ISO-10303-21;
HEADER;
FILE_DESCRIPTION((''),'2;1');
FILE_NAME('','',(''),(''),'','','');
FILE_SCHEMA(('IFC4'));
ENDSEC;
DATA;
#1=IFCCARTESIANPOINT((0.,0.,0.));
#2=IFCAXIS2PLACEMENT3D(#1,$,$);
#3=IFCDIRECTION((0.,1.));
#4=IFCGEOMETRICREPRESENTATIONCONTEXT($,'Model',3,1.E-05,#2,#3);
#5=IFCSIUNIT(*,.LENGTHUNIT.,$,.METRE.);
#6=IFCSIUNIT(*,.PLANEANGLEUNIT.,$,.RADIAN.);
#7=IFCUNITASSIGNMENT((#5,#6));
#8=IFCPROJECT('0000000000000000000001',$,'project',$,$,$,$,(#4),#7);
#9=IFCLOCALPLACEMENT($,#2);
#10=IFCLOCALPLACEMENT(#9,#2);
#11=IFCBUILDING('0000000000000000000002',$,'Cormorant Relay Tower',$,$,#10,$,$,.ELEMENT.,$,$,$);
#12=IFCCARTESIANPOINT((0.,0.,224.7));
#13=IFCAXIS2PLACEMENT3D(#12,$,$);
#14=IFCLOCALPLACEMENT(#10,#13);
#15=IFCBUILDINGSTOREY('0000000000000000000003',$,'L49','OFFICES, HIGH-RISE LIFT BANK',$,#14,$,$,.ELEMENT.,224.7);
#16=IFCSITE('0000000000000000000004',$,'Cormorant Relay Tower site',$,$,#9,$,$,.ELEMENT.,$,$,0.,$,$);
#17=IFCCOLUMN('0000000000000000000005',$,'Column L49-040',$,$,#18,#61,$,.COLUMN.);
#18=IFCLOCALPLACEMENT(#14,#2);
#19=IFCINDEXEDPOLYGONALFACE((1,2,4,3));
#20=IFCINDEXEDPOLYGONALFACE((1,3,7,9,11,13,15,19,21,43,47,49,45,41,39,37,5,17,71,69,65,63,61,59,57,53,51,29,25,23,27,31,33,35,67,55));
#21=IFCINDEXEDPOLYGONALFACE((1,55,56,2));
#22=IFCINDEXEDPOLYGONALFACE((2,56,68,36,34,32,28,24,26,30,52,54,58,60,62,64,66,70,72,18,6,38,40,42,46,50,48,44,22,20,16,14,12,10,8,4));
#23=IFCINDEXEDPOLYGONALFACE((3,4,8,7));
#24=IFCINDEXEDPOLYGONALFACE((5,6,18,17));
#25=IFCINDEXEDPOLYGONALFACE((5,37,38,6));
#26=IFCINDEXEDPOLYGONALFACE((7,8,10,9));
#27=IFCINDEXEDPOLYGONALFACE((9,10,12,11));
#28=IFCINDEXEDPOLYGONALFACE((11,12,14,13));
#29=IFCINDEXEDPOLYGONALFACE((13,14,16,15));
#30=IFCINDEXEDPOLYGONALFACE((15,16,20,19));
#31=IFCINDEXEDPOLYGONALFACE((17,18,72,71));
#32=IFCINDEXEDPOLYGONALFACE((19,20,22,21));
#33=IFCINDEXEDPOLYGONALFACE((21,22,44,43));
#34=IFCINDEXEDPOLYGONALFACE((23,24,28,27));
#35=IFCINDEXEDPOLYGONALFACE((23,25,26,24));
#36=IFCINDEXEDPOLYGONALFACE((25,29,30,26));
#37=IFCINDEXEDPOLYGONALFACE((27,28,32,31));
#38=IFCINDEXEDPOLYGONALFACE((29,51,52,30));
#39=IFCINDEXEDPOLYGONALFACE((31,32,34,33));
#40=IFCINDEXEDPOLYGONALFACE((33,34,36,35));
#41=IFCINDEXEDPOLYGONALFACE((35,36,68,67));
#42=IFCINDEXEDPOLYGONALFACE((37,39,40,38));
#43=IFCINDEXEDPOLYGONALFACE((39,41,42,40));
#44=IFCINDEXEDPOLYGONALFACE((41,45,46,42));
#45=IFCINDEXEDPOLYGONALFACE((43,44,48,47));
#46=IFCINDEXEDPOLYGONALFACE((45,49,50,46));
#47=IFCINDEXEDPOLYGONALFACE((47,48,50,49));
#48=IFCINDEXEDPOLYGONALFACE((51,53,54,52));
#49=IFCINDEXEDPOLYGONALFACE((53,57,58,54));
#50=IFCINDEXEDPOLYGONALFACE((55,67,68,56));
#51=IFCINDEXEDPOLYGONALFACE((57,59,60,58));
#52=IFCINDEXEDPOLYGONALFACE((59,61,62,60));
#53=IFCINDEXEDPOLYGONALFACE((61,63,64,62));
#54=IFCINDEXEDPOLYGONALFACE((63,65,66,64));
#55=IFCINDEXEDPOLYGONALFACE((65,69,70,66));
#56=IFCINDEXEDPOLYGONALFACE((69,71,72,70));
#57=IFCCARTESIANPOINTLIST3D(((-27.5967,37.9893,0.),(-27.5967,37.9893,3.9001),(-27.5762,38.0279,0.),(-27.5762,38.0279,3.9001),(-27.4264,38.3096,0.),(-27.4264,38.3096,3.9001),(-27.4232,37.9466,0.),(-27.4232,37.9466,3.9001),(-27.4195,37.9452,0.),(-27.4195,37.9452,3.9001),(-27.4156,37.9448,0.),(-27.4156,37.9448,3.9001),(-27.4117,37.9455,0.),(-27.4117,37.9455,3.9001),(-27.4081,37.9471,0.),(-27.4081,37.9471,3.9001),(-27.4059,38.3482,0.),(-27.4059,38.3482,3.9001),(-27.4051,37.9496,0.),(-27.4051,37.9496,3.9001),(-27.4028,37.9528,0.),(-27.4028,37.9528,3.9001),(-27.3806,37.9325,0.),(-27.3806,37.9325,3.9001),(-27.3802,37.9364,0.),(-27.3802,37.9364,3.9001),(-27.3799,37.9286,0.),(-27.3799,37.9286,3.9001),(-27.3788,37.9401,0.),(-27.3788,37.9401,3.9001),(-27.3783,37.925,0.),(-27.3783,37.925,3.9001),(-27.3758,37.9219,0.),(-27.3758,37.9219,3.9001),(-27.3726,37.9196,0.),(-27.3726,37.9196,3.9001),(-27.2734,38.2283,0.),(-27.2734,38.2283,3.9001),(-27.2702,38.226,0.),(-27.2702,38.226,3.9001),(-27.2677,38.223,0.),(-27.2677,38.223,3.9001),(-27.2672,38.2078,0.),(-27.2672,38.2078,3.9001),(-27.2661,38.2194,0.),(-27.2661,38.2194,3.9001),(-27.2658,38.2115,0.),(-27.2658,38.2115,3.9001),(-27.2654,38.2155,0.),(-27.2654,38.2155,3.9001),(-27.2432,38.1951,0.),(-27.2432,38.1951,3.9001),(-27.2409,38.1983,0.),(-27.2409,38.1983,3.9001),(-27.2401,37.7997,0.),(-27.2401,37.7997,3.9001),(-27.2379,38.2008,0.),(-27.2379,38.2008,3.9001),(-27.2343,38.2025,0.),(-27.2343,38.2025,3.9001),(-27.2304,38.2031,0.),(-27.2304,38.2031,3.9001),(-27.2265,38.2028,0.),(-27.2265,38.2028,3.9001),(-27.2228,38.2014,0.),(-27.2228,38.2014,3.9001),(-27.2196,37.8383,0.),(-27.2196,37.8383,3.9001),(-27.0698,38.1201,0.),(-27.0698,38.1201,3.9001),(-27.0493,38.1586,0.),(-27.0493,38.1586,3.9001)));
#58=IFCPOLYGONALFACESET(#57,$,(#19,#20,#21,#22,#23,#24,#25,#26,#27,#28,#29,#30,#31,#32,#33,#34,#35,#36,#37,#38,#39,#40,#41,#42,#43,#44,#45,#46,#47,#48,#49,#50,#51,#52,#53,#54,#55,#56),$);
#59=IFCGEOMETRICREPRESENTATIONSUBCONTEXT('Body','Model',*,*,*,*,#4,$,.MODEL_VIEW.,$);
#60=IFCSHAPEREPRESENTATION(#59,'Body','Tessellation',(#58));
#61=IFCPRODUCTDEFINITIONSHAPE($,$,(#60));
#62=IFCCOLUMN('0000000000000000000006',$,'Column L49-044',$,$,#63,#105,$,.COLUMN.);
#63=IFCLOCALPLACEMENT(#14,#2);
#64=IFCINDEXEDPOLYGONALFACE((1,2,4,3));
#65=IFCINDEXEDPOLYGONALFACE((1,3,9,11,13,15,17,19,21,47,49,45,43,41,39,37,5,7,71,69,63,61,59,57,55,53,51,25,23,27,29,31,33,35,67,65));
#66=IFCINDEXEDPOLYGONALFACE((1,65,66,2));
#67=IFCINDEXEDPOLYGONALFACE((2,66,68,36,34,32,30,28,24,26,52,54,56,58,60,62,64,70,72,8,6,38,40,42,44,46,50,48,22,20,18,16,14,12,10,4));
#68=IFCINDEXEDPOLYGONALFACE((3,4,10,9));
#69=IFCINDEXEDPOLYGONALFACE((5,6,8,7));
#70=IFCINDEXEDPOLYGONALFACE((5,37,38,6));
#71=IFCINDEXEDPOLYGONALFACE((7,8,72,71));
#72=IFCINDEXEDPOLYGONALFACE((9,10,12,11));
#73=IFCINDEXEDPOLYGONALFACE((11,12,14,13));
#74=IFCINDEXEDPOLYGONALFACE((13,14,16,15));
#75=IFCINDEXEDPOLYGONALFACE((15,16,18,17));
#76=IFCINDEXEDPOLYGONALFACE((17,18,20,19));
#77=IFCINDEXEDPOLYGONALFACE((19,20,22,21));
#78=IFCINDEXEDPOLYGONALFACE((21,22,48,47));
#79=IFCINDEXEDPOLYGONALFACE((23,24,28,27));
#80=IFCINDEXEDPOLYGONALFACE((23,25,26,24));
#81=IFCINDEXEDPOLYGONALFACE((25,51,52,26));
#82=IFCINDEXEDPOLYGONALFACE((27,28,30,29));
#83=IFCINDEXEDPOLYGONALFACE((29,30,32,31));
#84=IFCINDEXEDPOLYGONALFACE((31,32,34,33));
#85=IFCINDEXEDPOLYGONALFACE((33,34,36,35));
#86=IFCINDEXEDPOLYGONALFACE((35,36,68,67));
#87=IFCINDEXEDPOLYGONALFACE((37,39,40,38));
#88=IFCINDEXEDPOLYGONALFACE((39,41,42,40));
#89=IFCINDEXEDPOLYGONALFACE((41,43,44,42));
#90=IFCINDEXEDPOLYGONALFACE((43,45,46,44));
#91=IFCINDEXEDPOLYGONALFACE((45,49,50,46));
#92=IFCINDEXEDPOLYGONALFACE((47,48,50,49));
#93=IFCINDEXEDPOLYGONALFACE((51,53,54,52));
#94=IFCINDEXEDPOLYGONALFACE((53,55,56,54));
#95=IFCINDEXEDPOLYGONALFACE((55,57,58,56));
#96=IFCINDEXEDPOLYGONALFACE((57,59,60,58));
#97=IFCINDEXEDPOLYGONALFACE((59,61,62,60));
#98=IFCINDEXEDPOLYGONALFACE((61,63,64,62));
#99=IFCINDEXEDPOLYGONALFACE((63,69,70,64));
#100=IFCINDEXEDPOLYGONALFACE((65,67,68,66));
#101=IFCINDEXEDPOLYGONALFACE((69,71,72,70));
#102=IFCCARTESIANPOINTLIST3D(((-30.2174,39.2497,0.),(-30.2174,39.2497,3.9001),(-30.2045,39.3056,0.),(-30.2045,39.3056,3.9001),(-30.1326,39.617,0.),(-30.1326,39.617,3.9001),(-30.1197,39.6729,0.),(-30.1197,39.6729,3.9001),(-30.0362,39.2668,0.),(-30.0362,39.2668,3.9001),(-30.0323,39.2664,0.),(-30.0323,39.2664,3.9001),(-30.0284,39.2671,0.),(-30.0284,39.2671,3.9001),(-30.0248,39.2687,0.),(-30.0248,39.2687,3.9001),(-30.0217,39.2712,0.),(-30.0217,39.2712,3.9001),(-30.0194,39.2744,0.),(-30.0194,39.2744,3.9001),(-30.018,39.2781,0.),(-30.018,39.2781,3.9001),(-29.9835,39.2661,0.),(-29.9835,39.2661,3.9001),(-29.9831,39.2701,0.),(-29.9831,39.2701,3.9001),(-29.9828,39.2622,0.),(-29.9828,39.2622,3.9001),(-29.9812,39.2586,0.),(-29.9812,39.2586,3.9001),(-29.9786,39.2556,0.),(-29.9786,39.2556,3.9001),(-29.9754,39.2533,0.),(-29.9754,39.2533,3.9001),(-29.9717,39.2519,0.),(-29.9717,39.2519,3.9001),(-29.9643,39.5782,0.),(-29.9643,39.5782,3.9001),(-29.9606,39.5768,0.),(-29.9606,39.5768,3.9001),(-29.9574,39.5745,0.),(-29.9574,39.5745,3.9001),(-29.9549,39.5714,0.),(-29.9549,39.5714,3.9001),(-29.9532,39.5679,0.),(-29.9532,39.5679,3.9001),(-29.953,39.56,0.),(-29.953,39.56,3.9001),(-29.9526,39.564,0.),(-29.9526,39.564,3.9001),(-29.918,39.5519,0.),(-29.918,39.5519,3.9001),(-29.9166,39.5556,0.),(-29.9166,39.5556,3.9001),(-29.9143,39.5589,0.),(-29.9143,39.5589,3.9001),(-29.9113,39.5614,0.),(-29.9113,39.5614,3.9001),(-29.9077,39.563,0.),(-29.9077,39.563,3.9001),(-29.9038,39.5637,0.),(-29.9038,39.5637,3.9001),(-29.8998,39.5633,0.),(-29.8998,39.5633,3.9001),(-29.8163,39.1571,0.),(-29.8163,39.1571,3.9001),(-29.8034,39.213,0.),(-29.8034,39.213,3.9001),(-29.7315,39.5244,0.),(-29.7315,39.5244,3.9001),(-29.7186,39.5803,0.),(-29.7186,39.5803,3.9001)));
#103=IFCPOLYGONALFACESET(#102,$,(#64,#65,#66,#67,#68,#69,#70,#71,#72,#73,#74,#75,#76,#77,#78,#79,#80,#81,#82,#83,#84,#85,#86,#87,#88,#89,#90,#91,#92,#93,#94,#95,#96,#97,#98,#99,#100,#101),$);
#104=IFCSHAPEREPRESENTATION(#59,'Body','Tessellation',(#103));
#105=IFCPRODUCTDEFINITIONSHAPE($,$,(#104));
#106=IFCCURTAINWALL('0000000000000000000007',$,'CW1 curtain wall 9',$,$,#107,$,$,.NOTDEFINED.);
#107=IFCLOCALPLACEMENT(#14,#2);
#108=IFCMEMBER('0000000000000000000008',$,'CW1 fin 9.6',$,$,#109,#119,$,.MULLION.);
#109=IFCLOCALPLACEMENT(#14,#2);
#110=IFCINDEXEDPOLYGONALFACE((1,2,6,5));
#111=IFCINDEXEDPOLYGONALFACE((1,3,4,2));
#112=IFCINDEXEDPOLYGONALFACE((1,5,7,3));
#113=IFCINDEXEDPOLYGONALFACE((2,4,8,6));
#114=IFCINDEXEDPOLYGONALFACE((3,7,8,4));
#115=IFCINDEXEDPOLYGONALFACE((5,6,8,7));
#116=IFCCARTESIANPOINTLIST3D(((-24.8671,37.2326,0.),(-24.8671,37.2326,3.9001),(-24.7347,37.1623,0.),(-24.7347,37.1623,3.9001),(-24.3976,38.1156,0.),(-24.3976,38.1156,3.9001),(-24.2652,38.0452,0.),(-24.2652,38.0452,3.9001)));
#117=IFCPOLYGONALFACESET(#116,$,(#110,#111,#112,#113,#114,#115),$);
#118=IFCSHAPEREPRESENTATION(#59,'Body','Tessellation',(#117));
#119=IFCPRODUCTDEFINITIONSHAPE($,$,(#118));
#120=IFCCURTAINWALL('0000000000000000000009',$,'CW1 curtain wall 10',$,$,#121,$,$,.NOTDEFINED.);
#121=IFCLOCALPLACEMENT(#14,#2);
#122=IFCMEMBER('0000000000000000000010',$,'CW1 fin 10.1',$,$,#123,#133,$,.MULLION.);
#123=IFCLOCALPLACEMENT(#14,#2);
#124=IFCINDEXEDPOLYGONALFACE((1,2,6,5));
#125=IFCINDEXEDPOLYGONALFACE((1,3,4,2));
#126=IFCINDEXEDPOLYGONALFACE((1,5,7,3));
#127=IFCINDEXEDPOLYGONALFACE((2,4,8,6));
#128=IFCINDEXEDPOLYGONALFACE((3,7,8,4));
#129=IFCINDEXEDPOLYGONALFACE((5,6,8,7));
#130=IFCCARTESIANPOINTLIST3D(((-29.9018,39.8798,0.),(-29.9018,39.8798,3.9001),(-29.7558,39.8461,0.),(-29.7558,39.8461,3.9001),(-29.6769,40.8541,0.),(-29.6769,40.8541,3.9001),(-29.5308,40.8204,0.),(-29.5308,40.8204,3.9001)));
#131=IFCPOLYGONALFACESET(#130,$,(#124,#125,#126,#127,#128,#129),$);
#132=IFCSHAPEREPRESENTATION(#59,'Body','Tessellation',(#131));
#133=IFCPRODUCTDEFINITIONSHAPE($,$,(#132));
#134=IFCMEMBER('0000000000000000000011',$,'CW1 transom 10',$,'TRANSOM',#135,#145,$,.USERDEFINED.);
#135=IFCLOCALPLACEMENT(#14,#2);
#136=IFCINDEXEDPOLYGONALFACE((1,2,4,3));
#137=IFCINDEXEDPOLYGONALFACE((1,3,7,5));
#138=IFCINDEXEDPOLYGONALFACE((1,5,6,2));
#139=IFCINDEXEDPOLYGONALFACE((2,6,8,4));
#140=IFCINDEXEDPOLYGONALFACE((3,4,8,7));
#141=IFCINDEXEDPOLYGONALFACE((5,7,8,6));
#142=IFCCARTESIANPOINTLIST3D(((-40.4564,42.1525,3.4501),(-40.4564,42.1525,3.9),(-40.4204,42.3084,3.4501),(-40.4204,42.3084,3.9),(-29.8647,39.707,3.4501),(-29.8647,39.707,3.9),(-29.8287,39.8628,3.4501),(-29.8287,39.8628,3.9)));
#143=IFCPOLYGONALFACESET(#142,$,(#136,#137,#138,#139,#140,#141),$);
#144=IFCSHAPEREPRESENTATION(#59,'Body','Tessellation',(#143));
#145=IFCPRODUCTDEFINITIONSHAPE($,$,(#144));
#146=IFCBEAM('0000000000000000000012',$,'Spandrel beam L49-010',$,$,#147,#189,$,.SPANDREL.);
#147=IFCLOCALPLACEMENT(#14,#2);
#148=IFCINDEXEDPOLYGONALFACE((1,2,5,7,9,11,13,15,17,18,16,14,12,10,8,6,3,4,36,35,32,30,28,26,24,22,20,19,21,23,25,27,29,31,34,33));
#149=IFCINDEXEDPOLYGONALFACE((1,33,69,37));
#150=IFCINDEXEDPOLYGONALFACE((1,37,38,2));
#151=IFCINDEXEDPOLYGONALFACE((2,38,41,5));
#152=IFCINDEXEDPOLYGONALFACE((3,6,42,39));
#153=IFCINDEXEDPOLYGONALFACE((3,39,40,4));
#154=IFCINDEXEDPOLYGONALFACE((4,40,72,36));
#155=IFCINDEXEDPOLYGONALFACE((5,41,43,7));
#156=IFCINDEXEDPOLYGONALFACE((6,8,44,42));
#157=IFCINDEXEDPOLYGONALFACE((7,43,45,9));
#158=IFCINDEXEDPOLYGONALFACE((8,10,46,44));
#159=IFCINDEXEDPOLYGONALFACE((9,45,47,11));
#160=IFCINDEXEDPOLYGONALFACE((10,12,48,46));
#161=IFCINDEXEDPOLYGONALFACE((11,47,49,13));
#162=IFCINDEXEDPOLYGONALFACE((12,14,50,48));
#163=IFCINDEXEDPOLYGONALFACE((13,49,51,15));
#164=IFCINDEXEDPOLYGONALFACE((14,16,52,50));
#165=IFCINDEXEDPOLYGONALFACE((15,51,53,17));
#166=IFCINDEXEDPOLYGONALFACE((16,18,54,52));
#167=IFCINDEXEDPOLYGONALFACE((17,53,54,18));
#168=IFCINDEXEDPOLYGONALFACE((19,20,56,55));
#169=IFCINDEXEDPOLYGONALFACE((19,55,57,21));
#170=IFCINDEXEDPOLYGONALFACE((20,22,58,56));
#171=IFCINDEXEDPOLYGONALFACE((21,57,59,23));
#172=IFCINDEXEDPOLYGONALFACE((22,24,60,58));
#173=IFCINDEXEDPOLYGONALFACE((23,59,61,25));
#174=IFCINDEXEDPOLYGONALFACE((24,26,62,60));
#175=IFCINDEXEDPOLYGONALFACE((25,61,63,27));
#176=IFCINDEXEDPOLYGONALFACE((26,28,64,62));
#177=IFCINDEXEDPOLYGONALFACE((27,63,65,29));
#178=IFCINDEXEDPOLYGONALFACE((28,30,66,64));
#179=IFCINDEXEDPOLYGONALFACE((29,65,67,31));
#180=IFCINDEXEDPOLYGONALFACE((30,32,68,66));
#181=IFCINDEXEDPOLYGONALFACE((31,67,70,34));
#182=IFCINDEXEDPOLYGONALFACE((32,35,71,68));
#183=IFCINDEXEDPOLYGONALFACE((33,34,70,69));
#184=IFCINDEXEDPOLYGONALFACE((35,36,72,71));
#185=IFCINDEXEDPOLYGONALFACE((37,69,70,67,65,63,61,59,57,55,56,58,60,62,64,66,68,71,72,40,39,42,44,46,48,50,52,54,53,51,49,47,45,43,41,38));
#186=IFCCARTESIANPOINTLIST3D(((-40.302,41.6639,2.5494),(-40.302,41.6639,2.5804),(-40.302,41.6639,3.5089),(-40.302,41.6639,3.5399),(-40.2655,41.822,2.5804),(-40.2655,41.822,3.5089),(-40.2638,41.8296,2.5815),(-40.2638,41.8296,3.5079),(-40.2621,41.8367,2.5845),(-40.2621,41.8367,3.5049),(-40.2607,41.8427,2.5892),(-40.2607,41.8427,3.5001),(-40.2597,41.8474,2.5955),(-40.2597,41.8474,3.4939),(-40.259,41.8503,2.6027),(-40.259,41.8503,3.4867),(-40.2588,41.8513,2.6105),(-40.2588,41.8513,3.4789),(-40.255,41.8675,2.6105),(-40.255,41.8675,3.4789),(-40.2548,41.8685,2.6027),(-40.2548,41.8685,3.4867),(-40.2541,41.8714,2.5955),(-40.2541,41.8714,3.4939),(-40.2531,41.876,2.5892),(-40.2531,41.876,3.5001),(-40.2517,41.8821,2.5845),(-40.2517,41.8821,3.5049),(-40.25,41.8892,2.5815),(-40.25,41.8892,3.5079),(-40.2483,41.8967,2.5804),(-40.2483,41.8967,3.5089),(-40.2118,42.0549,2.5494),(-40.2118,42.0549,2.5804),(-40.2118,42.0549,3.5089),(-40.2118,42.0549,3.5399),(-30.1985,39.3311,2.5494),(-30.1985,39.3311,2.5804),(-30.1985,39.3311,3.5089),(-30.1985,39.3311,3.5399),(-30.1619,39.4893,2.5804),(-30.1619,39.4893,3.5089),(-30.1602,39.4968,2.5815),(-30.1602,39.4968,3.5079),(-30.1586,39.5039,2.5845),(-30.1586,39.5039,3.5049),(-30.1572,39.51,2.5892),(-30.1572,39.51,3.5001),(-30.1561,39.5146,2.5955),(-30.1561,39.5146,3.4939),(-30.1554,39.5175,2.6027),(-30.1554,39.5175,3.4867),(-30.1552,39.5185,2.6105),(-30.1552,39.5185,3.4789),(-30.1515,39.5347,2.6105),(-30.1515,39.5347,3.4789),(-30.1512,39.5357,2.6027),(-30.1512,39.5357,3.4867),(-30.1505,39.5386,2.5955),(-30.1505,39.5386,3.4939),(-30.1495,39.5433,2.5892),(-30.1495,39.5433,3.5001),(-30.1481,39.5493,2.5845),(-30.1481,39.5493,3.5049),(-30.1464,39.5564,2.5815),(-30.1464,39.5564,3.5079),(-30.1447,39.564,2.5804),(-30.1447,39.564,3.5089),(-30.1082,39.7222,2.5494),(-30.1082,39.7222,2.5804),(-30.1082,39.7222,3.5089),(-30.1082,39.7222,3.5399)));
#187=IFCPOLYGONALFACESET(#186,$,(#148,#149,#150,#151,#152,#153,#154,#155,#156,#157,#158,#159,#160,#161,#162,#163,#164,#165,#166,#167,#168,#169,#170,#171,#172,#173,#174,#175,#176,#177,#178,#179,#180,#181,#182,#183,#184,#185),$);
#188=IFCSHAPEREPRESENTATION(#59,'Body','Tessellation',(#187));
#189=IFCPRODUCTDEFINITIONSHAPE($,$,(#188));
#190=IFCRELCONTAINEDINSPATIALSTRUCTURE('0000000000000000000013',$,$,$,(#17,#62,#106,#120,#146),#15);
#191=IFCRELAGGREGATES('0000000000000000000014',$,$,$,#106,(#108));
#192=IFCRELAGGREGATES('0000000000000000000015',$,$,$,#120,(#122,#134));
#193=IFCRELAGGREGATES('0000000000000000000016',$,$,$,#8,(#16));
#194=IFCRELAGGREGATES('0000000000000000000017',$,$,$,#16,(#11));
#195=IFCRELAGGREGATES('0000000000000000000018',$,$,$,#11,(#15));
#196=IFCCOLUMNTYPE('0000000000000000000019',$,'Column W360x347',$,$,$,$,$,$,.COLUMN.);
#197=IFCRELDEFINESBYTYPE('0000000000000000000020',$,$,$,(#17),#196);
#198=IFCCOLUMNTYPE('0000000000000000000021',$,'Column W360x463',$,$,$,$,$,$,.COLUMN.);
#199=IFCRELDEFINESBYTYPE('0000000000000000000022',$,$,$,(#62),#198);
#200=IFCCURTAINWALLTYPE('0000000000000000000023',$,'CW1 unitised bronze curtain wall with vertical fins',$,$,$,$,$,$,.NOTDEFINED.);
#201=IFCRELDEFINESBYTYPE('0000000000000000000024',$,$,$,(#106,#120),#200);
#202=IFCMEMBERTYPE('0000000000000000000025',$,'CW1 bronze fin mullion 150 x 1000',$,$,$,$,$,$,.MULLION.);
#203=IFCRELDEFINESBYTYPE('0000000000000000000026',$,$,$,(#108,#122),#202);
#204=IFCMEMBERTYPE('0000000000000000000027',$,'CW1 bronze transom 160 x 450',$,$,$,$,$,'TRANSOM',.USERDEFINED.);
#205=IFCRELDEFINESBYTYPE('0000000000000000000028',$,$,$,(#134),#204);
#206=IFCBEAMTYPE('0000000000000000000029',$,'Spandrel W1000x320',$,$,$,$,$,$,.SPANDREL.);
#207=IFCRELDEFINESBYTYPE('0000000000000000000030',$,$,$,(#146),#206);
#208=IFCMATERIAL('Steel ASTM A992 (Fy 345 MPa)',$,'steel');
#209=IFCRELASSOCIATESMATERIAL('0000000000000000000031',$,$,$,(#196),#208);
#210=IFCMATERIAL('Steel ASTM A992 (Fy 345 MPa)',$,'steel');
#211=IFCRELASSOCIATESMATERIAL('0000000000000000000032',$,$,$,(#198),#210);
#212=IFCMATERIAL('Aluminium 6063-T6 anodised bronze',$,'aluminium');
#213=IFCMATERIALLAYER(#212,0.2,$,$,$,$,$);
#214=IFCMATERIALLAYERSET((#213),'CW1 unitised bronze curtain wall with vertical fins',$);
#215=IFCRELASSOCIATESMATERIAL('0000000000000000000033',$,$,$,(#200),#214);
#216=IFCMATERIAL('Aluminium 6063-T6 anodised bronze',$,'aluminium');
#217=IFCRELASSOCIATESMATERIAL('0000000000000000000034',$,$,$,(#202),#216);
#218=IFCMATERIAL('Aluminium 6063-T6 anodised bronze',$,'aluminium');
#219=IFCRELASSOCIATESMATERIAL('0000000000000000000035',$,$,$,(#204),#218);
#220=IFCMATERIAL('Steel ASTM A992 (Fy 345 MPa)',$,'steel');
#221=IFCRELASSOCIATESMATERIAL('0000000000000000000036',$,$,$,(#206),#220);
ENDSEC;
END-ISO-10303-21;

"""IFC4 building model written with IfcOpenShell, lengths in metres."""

from ifc_helpers import new_model, si_unit, direction, frame, origin, origin_2d, place, context, subcontext, project, spatial, rectangle, i_section, extrude, material, layer, layer_set, material_profile, profile_set, type_object, element, aggregate, save


model = new_model("IFC4")

# Units and contexts
model_context = context("Model", 3, precision=1e-05, world=origin(), true_north=direction((0.0, 1.0)))
body_context = subcontext(model_context, "Body", "Model", "MODEL_VIEW")
ifc_project = project(units=[si_unit("LENGTHUNIT", "METRE"), si_unit("PLANEANGLEUNIT", "RADIAN")], contexts=[model_context])

# Site, building, storey
site_placement = place(None, origin())
site = spatial("IfcSite", under=ifc_project, at=site_placement, Name="Cormorant Relay Tower site", CompositionType="ELEMENT", RefElevation=0.0)
building_placement = place(site_placement, origin())
building = spatial("IfcBuilding", under=site, at=building_placement, Name="Cormorant Relay Tower", CompositionType="ELEMENT")
storey_placement = place(building_placement, frame((0.0, 0.0, 224.7)))
storey = spatial("IfcBuildingStorey", under=building, at=storey_placement, Name="L49", Description="OFFICES, HIGH-RISE LIFT BANK", CompositionType="ELEMENT", Elevation=224.7)

# Columns
ifc_material_1 = material(Name="Steel ASTM A992 (Fy 345 MPa)", Category="steel")
ifc_material_profile_1 = material_profile(ifc_material_1, i_section(OverallWidth=0.4038, OverallDepth=0.4065, WebThickness=0.0271, FlangeThickness=0.0437, FilletRadius=0.0151, at=origin_2d()), Name="W360x347")
ifc_profile_set_1 = profile_set([ifc_material_profile_1], Name="Steel ASTM A992 (Fy 345 MPa)")
column_type_1 = type_object("IfcColumnType", Name="Column W360x347", PredefinedType="COLUMN", material=ifc_profile_set_1)
column_1_placement = place(storey_placement, frame((-27.323, 38.074, 0.0), z_axis=(0.0, 0.0, 1.0), x_axis=(-0.882948, 0.469472, 0.0)))
element("IfcColumn", 1, at=column_1_placement, inside=storey, type_object=column_type_1, Name="Column L49-040", PredefinedType="COLUMN", context=body_context, shape_type="SweptSolid", body=[
    extrude(i_section(OverallWidth=0.4038, OverallDepth=0.4065, WebThickness=0.0271, FlangeThickness=0.0437, FilletRadius=0.0151, at=origin_2d()), origin(), (0.0, 0.0, 1.0), 3.9001),
])
ifc_material_2 = material(Name="Steel ASTM A992 (Fy 345 MPa)", Category="steel")
ifc_material_profile_2 = material_profile(ifc_material_2, i_section(OverallWidth=0.4116, OverallDepth=0.4343, WebThickness=0.0359, FlangeThickness=0.0574, FilletRadius=0.0151, at=origin_2d()), Name="W360x463")
ifc_profile_set_2 = profile_set([ifc_material_profile_2], Name="Steel ASTM A992 (Fy 345 MPa)")
column_type_2 = type_object("IfcColumnType", Name="Column W360x463", PredefinedType="COLUMN", material=ifc_profile_set_2)
column_2_placement = place(storey_placement, frame((-29.968, 39.415, 0.0), z_axis=(0.0, 0.0, 1.0), x_axis=(-0.97437, 0.224951, 0.0)))
element("IfcColumn", 2, at=column_2_placement, inside=storey, type_object=column_type_2, Name="Column L49-044", PredefinedType="COLUMN", context=body_context, shape_type="SweptSolid", body=[
    extrude(i_section(OverallWidth=0.4116, OverallDepth=0.4343, WebThickness=0.0359, FlangeThickness=0.0574, FilletRadius=0.0151, at=origin_2d()), origin(), (0.0, 0.0, 1.0), 3.9001),
])

# Curtain wall, member
ifc_material_3 = material(Name="Aluminium 6063-T6 anodised bronze", Category="aluminium")
ifc_layer_1 = layer(ifc_material_3, 0.2)
ifc_layer_set_1 = layer_set([ifc_layer_1], Name="CW1 unitised bronze curtain wall with vertical fins")
curtain_wall_type = type_object("IfcCurtainWallType", Name="CW1 unitised bronze curtain wall with vertical fins", PredefinedType="NOTDEFINED", material=ifc_layer_set_1)
curtain_wall_1_placement = place(storey_placement, origin())
curtain_wall_1 = element("IfcCurtainWall", 3, at=curtain_wall_1_placement, inside=storey, type_object=curtain_wall_type, Name="CW1 curtain wall 9", PredefinedType="NOTDEFINED")
ifc_material_4 = material(Name="Aluminium 6063-T6 anodised bronze", Category="aluminium")
ifc_material_profile_3 = material_profile(ifc_material_4, rectangle(XDim=0.1499, YDim=1.0, at=origin_2d()), Name="AL 150x1000")
ifc_profile_set_3 = profile_set([ifc_material_profile_3], Name="Aluminium 6063-T6 anodised bronze")
member_type_1 = type_object("IfcMemberType", Name="CW1 bronze fin mullion 150 x 1000", PredefinedType="MULLION", material=ifc_profile_set_3)
member_1_placement = place(storey_placement, frame((-24.5662, 37.6389, 0.0), z_axis=(0.0, 0.0, 1.0), x_axis=(-0.882948, 0.469472, 0.0)))
member_1 = element("IfcMember", 4, at=member_1_placement, type_object=member_type_1, Name="CW1 fin 9.6", PredefinedType="MULLION", context=body_context, shape_type="SweptSolid", body=[
    extrude(rectangle(XDim=0.1499, YDim=1.0, at=origin_2d()), origin(), (0.0, 0.0, 1.0), 3.9001),
])

# Curtain wall, members
curtain_wall_2_placement = place(storey_placement, origin())
curtain_wall_2 = element("IfcCurtainWall", 5, at=curtain_wall_2_placement, inside=storey, type_object=curtain_wall_type, Name="CW1 curtain wall 10", PredefinedType="NOTDEFINED")
member_2_placement = place(storey_placement, frame((-29.7163, 40.3501, 0.0), z_axis=(0.0, 0.0, 1.0), x_axis=(-0.97437, 0.224951, 0.0)))
member_2 = element("IfcMember", 6, at=member_2_placement, type_object=member_type_1, Name="CW1 fin 10.1", PredefinedType="MULLION", context=body_context, shape_type="SweptSolid", body=[
    extrude(rectangle(XDim=0.1499, YDim=1.0, at=origin_2d()), origin(), (0.0, 0.0, 1.0), 3.9001),
])
ifc_material_5 = material(Name="Aluminium 6063-T6 anodised bronze", Category="aluminium")
ifc_material_profile_4 = material_profile(ifc_material_5, rectangle(XDim=0.1599, YDim=0.45, at=origin_2d()), Name="AL 160x450")
ifc_profile_set_4 = profile_set([ifc_material_profile_4], Name="Aluminium 6063-T6 anodised bronze")
member_type_2 = type_object("IfcMemberType", Name="CW1 bronze transom 160 x 450", ElementType="TRANSOM", PredefinedType="USERDEFINED", material=ifc_profile_set_4)
member_3_placement = place(storey_placement, frame((-29.8467, 39.7849, 3.675), z_axis=(-0.974365, 0.224973, 0.0), x_axis=(-0.224973, -0.974365, 0.0)))
member_3 = element("IfcMember", 7, at=member_3_placement, type_object=member_type_2, Name="CW1 transom 10", ObjectType="TRANSOM", PredefinedType="USERDEFINED", context=body_context, shape_type="SweptSolid", body=[
    extrude(rectangle(XDim=0.1599, YDim=0.45, at=origin_2d()), origin(), (0.0, 0.0, 1.0), 10.8704),
])

# Beam
ifc_material_6 = material(Name="Steel ASTM A992 (Fy 345 MPa)", Category="steel")
ifc_material_profile_5 = material_profile(ifc_material_6, i_section(OverallWidth=0.4014, OverallDepth=0.9905, WebThickness=0.0166, FlangeThickness=0.031, FilletRadius=0.03, at=origin_2d()), Name="W1000x320")
ifc_profile_set_5 = profile_set([ifc_material_profile_5], Name="Steel ASTM A992 (Fy 345 MPa)")
beam_type = type_object("IfcBeamType", Name="Spandrel W1000x320", PredefinedType="SPANDREL", material=ifc_profile_set_5)
beam_placement = place(storey_placement, frame((-30.1533, 39.5266, 3.0447), z_axis=(-0.974366, 0.224968, 0.0), x_axis=(-0.224968, -0.974366, 0.0)))
element("IfcBeam", 8, at=beam_placement, inside=storey, type_object=beam_type, Name="Spandrel beam L49-010", PredefinedType="SPANDREL", context=body_context, shape_type="SweptSolid", body=[
    extrude(i_section(OverallWidth=0.4014, OverallDepth=0.9905, WebThickness=0.0166, FlangeThickness=0.031, FilletRadius=0.03, at=origin_2d()), origin(), (0.0, 0.0, 1.0), 10.3694),
])

aggregate(curtain_wall_1, [member_1])
aggregate(curtain_wall_2, [member_2, member_3])

save(model, "model.ifc")
